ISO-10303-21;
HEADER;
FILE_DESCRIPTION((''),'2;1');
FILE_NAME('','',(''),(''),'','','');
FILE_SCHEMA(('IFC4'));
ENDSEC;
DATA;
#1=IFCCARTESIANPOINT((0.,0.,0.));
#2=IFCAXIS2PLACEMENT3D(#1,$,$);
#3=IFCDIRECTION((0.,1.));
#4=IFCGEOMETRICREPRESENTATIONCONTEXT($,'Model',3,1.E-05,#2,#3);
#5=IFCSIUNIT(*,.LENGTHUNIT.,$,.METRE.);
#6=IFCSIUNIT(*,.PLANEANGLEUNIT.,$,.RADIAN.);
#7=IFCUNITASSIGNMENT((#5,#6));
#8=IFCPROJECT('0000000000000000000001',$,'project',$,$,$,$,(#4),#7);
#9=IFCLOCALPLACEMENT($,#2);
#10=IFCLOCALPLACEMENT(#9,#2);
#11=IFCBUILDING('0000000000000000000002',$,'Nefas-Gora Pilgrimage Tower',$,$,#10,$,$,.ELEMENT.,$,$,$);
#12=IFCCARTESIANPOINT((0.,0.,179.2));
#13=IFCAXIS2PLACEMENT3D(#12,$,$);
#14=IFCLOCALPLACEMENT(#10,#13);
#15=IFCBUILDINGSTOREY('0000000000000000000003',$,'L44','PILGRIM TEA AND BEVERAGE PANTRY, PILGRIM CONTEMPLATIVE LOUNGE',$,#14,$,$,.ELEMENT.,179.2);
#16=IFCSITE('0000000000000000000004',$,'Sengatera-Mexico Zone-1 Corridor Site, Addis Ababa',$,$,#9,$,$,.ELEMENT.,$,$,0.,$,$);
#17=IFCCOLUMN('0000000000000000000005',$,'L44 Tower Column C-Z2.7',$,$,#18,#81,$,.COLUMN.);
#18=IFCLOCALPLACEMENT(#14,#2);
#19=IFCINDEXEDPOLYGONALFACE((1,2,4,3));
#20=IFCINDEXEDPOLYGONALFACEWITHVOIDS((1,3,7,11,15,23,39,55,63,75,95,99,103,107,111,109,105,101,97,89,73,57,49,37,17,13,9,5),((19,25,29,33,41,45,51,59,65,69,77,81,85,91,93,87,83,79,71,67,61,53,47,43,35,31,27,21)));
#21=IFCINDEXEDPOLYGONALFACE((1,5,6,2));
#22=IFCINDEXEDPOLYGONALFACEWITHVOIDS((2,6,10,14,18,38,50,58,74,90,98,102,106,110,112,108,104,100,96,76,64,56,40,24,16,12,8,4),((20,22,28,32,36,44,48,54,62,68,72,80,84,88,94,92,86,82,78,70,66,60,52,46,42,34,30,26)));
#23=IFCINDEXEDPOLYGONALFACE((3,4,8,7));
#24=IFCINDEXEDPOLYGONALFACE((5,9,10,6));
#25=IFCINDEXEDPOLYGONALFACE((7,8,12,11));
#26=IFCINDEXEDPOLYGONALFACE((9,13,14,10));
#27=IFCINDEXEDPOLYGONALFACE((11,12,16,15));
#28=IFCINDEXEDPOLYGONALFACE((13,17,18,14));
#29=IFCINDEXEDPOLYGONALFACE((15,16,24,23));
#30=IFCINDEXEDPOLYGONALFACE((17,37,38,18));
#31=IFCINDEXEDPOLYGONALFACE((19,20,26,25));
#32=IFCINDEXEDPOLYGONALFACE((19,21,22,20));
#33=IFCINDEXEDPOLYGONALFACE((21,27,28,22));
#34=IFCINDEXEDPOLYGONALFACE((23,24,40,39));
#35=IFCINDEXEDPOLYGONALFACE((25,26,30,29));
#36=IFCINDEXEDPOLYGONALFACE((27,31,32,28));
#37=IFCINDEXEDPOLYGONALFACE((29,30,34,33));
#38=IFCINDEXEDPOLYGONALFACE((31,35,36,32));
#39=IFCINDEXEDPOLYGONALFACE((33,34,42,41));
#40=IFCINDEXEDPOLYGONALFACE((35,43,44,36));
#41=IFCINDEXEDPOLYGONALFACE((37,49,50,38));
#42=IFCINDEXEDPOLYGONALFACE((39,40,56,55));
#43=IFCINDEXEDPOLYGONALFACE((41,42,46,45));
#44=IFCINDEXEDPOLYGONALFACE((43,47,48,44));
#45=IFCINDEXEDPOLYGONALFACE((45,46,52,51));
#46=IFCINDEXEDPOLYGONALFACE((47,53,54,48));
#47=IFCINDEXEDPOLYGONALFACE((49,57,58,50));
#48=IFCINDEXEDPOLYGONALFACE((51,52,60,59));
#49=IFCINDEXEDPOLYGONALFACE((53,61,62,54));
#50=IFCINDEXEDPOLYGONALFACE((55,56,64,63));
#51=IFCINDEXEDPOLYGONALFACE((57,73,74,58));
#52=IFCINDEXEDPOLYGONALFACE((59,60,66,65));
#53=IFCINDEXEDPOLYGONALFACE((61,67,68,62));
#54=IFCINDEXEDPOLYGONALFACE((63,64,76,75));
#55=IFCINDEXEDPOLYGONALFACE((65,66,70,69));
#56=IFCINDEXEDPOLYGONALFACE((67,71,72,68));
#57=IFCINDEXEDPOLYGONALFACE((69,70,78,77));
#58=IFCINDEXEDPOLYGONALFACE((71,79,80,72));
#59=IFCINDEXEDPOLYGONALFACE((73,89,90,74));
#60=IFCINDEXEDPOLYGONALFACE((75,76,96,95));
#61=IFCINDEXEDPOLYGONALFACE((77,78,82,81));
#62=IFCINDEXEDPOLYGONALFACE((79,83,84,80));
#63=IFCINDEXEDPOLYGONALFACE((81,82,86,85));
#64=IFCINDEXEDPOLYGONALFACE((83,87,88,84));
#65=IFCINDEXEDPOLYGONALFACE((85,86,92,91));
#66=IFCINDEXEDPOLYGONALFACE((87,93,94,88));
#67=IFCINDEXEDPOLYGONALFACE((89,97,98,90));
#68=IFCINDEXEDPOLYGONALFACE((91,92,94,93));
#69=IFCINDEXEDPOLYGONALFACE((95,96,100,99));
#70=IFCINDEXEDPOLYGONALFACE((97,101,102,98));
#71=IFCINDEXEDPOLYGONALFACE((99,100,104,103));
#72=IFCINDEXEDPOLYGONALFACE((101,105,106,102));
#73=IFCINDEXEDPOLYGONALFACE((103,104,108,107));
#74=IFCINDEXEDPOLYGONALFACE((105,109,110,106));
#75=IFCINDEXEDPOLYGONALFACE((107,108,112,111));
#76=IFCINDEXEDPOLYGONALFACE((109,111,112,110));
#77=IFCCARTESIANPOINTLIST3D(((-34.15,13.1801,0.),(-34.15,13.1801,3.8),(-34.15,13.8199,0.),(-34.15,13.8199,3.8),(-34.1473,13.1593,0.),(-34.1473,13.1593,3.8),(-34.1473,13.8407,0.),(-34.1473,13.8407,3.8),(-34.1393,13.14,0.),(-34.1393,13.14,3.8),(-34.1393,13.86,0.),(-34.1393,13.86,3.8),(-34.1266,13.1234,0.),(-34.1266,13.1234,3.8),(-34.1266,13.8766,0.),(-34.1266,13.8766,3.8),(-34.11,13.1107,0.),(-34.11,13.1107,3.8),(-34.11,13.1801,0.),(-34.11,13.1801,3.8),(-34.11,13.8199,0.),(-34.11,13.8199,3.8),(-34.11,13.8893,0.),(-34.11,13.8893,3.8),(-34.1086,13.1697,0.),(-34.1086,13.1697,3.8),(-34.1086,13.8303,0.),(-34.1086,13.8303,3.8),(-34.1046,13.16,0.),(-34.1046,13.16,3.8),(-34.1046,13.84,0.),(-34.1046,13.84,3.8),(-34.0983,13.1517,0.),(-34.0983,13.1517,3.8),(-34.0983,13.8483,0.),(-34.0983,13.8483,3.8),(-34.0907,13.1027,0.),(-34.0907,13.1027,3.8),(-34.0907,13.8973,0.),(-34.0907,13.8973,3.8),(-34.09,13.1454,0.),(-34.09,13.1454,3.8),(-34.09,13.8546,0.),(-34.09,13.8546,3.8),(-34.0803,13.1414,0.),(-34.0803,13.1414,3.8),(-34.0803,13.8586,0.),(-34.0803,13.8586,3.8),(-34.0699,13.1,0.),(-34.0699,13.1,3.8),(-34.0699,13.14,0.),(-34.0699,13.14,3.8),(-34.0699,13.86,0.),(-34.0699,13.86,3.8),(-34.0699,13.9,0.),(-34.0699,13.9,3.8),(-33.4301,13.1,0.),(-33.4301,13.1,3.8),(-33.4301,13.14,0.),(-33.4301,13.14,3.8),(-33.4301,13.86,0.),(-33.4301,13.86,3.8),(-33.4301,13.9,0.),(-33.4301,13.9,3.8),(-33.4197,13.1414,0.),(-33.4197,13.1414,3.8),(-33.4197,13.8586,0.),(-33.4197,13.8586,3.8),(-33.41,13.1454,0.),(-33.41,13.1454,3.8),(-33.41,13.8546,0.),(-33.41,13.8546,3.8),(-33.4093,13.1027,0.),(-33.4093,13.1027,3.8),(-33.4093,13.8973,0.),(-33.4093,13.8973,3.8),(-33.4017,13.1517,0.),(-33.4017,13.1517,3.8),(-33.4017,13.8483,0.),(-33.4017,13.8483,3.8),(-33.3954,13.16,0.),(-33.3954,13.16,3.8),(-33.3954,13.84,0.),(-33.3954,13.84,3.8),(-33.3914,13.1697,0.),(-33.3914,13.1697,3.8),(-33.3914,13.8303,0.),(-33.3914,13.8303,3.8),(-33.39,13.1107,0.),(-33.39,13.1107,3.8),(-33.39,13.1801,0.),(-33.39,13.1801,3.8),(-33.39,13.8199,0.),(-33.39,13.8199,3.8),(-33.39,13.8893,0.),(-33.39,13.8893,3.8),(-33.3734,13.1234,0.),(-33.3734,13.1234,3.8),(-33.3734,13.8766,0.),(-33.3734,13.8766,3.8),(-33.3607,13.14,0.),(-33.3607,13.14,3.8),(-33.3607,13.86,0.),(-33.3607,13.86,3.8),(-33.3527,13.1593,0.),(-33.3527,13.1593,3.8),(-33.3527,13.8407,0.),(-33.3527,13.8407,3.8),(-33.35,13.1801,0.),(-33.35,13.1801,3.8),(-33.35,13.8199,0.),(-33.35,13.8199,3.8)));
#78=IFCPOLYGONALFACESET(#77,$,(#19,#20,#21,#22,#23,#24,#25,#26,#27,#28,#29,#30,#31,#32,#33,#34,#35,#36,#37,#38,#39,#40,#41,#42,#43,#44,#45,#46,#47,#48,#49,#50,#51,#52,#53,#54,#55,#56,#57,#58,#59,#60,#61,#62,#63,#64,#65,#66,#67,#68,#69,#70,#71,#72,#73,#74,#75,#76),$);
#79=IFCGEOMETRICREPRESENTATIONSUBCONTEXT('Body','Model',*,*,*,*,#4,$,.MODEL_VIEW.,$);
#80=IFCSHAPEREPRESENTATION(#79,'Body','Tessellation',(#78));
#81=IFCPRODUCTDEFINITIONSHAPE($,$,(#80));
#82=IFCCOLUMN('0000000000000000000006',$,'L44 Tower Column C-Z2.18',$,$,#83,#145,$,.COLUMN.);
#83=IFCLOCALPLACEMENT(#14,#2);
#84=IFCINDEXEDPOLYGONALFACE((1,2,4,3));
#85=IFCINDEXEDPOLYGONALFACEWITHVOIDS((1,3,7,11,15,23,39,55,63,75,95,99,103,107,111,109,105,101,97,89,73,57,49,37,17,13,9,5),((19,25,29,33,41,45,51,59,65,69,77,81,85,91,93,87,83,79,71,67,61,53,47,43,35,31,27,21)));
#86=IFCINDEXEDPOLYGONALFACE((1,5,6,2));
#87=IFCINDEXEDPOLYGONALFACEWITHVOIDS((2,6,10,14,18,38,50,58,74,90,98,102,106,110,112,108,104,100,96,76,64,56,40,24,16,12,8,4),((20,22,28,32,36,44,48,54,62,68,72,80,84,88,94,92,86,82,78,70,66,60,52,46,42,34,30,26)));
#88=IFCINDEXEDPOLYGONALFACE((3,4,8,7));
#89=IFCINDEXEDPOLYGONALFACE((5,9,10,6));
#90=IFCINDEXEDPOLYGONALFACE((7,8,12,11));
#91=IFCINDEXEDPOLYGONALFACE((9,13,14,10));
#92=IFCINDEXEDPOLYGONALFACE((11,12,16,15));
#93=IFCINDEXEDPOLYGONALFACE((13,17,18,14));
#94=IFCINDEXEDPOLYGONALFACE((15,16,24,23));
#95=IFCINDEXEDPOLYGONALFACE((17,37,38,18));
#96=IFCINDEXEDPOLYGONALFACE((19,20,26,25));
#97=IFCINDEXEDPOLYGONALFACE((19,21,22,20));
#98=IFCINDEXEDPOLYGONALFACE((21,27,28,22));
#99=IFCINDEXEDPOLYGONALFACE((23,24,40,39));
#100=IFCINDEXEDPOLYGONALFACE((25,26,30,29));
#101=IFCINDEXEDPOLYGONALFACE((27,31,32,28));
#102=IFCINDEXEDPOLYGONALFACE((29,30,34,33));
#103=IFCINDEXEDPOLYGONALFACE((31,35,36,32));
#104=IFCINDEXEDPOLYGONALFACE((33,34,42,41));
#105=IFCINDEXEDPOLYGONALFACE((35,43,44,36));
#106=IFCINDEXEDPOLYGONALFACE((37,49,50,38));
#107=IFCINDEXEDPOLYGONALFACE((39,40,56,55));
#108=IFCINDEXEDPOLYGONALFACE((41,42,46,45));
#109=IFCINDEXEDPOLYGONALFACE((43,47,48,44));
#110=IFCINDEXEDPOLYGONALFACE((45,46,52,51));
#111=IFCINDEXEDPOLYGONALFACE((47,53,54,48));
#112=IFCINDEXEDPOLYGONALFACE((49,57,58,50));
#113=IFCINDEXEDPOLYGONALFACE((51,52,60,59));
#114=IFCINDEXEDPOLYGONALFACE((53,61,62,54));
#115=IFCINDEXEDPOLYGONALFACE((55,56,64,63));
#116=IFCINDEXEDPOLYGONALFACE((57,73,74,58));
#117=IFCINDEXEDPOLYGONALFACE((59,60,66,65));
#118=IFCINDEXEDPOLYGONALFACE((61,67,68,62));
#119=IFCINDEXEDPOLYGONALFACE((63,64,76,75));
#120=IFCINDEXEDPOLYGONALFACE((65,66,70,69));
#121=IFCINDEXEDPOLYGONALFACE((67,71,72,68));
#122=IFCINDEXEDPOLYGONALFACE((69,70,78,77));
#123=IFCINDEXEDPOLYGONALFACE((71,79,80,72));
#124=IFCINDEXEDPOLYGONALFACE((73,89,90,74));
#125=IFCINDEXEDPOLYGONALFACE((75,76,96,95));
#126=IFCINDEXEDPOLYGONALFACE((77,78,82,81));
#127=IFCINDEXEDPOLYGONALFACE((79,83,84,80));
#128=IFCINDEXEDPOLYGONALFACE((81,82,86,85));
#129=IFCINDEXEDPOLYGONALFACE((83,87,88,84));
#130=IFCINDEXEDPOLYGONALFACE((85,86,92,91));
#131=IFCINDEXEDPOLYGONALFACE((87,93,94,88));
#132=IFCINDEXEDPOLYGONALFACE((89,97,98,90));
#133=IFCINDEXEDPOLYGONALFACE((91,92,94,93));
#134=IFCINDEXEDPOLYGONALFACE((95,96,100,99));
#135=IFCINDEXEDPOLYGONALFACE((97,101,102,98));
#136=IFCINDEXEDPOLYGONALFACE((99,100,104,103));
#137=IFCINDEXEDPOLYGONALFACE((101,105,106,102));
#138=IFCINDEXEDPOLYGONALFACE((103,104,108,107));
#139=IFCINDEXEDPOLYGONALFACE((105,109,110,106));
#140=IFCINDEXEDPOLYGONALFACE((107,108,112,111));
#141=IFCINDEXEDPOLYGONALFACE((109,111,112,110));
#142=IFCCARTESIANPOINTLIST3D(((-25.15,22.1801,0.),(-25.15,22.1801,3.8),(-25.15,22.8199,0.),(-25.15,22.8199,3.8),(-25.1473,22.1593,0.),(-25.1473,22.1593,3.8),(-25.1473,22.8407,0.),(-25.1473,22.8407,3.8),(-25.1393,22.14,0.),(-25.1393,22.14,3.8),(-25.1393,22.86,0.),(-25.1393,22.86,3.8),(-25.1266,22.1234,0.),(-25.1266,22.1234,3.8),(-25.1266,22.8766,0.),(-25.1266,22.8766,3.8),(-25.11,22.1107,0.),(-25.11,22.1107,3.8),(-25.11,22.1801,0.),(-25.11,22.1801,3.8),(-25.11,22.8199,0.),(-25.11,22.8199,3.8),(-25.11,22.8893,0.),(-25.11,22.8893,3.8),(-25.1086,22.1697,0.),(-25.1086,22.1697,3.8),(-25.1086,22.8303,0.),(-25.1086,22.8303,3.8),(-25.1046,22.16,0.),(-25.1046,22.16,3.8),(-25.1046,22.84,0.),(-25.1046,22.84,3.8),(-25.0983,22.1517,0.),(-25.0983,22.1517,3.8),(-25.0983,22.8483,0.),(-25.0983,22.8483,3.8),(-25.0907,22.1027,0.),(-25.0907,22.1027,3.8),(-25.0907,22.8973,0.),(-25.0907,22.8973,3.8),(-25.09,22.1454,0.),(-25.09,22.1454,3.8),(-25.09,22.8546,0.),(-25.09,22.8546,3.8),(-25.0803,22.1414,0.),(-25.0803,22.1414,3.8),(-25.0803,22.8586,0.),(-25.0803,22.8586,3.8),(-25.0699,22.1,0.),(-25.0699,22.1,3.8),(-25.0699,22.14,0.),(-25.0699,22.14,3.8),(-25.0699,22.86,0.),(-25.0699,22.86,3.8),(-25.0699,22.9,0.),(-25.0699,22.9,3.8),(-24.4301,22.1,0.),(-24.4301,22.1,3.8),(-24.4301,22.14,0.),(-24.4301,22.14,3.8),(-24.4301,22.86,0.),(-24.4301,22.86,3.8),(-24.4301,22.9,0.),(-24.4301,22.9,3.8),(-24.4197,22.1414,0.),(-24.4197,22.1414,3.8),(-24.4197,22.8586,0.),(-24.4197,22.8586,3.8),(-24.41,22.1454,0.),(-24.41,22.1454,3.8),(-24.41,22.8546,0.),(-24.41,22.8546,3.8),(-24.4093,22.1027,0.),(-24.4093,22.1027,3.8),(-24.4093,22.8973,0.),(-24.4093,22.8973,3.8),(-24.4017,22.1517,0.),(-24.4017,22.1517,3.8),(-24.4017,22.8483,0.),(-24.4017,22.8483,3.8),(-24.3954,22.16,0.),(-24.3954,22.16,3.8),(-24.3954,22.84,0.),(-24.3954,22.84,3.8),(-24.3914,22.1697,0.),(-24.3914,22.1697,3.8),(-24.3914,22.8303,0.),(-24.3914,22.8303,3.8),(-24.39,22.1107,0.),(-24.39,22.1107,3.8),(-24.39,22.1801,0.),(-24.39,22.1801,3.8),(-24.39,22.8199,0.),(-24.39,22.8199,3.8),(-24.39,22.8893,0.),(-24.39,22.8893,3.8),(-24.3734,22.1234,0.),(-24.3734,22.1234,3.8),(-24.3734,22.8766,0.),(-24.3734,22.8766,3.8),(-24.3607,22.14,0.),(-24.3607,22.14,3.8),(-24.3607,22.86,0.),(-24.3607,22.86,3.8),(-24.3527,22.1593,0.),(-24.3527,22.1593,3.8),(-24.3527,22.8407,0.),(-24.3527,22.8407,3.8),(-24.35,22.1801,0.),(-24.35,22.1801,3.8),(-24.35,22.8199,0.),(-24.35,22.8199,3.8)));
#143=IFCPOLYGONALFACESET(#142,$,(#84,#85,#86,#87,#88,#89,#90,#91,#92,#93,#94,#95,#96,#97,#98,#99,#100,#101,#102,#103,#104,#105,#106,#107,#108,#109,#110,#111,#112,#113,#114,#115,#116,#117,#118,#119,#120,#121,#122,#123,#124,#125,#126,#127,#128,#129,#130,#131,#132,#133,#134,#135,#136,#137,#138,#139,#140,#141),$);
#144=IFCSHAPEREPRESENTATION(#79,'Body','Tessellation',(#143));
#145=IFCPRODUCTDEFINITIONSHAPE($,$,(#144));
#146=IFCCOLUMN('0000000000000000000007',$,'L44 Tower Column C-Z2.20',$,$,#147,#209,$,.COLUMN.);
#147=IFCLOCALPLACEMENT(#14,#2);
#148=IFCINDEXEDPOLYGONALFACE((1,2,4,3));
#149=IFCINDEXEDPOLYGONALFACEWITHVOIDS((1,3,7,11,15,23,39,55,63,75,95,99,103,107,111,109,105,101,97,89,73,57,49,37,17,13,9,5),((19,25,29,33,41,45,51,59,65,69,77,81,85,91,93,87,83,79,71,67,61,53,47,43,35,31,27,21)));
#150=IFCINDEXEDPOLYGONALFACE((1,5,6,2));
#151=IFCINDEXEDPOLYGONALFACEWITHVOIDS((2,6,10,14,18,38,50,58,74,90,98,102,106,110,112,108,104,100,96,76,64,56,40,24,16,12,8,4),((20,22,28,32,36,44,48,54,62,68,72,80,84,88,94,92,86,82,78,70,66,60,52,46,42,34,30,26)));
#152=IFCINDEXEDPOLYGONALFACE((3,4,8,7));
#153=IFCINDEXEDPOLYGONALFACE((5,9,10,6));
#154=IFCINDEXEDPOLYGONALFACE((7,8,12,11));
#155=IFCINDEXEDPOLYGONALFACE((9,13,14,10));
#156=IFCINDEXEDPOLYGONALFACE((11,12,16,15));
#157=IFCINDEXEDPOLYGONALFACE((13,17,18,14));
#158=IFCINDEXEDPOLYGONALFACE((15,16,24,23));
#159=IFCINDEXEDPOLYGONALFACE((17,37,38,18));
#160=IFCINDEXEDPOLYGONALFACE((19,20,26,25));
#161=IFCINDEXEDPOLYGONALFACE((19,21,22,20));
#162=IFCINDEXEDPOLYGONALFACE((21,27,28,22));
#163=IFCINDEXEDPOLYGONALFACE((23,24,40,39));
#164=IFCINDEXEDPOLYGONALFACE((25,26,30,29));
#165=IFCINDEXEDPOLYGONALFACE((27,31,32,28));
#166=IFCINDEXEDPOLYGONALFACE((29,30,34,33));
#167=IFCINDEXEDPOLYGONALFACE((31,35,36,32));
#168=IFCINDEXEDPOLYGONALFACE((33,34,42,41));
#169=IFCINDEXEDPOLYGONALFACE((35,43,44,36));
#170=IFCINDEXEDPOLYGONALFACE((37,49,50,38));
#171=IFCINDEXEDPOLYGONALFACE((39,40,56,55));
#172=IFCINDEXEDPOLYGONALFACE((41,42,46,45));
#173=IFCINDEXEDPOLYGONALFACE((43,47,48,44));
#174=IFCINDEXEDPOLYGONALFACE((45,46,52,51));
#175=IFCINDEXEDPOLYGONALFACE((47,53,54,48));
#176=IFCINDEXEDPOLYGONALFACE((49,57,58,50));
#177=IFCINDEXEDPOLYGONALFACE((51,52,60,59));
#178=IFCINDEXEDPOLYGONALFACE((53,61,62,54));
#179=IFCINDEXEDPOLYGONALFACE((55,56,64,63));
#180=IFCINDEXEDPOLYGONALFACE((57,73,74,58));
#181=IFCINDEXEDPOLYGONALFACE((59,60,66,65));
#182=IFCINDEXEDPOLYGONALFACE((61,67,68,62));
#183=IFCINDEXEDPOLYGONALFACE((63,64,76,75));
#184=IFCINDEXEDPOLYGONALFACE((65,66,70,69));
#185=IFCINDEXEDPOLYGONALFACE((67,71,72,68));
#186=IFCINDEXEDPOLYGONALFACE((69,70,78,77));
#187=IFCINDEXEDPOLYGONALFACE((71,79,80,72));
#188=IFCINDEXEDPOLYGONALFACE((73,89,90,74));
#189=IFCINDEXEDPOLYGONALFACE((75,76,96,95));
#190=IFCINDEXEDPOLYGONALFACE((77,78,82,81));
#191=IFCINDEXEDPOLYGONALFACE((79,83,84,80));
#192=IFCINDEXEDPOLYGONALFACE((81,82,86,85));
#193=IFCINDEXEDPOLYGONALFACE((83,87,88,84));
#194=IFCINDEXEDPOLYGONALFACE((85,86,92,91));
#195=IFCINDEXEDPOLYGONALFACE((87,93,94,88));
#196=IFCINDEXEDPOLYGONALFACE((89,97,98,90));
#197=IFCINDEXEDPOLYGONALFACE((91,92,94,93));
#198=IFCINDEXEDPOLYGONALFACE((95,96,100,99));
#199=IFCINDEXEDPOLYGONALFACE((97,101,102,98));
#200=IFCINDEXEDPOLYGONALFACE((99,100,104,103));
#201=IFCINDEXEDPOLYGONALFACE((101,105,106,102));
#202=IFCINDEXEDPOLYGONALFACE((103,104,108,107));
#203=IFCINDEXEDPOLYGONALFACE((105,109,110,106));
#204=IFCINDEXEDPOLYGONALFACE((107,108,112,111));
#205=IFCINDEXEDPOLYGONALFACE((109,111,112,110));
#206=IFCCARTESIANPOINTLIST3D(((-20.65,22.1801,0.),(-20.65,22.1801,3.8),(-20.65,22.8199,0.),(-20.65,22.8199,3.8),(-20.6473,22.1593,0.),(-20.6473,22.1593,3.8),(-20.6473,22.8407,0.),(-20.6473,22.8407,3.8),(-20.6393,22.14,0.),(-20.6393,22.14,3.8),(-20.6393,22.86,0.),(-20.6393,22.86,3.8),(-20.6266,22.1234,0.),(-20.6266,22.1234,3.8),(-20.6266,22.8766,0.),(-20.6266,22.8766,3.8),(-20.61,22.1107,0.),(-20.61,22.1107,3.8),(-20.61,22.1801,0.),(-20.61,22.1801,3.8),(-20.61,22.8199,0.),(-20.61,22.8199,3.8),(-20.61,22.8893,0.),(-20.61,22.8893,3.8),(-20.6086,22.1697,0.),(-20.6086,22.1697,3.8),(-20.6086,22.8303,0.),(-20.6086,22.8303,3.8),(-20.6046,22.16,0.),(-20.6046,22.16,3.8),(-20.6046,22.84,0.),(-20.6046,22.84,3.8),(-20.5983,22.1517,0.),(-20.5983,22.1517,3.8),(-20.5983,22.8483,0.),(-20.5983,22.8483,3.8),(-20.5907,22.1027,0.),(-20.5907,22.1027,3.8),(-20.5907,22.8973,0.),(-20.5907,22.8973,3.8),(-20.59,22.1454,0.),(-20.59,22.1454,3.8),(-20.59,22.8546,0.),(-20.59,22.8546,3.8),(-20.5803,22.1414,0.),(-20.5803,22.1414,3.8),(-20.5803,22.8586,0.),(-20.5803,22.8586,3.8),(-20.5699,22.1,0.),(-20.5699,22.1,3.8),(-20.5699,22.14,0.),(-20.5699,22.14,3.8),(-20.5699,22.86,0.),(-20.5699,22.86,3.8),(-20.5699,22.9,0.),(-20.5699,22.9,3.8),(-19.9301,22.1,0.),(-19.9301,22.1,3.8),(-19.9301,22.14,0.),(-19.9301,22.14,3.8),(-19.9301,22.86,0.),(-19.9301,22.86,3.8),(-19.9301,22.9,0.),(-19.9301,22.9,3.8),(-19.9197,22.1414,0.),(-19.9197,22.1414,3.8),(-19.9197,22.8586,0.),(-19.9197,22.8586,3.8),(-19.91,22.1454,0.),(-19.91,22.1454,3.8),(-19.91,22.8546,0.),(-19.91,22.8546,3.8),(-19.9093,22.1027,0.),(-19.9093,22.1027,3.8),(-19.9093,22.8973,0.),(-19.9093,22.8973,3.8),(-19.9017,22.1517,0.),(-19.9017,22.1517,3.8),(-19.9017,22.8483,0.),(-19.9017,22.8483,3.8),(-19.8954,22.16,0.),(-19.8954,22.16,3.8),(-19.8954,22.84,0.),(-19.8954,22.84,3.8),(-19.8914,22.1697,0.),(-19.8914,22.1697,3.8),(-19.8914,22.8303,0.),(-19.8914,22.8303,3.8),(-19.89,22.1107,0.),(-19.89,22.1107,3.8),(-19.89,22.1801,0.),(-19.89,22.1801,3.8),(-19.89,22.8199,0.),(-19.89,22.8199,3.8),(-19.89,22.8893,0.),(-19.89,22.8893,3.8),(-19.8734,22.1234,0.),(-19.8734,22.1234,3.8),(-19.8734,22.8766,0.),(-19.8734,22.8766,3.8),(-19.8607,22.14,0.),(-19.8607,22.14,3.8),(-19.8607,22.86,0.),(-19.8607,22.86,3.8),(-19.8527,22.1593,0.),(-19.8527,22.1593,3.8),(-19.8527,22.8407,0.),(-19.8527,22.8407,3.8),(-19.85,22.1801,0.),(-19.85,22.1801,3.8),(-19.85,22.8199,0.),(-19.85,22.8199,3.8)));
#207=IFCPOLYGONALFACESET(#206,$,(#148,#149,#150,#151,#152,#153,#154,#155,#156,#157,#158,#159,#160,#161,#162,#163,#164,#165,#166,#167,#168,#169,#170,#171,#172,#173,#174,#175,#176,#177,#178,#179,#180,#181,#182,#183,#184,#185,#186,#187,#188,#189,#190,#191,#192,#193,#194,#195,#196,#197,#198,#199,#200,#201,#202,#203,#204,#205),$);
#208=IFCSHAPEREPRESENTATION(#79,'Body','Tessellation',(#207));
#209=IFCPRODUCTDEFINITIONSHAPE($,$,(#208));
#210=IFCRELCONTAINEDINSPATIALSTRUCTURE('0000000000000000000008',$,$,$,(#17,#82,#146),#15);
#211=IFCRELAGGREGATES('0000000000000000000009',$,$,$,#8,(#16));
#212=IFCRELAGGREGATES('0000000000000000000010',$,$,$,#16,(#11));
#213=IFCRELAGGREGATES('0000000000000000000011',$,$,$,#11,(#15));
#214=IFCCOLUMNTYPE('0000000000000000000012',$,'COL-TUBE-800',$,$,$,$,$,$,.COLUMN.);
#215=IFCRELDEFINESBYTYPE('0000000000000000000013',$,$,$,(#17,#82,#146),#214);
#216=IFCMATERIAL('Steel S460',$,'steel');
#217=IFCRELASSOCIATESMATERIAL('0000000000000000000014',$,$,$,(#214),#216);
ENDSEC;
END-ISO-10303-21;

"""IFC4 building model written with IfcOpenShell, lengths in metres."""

from ifc_helpers import new_model, si_unit, direction, frame, origin, origin_2d, place, context, subcontext, project, spatial, hollow_rectangle, extrude, source, transform, mapped, material, material_profile, profile_set, type_object, element, save


model = new_model("IFC4")

# Units and contexts
model_context = context("Model", 3, precision=1e-05, world=origin(), true_north=direction((0.0, 1.0)))
body_context = subcontext(model_context, "Body", "Model", "MODEL_VIEW")
ifc_project = project(units=[si_unit("LENGTHUNIT", "METRE"), si_unit("PLANEANGLEUNIT", "RADIAN")], contexts=[model_context])

# Site, building, storey
site_placement = place(None, origin())
site = spatial("IfcSite", under=ifc_project, at=site_placement, Name="Sengatera-Mexico Zone-1 Corridor Site, Addis Ababa", CompositionType="ELEMENT", RefElevation=0.0)
building_placement = place(site_placement, origin())
building = spatial("IfcBuilding", under=site, at=building_placement, Name="Nefas-Gora Pilgrimage Tower", CompositionType="ELEMENT")
storey_placement = place(building_placement, frame((0.0, 0.0, 179.2)))
storey = spatial("IfcBuildingStorey", under=building, at=storey_placement, Name="L44", Description="PILGRIM TEA AND BEVERAGE PANTRY, PILGRIM CONTEMPLATIVE LOUNGE", CompositionType="ELEMENT", Elevation=179.2)

# Columns
ifc_material_1 = material(Name="Steel S460", Category="steel")
ifc_material_profile_1 = material_profile(ifc_material_1, hollow_rectangle(XDim=0.8, YDim=0.8, WallThickness=0.04, InnerFilletRadius=0.04, OuterFilletRadius=0.0801, at=origin_2d()), Name="BOX 800x800x40")
ifc_profile_set_1 = profile_set([ifc_material_profile_1], Name="Steel S460")
column_type_1 = type_object("IfcColumnType", Name="COL-TUBE-800", PredefinedType="COLUMN", material=ifc_profile_set_1)
shared_shape_1 = source(origin(), body_context, "Body", "SweptSolid", [
    extrude(hollow_rectangle(XDim=0.8, YDim=0.8, WallThickness=0.04, InnerFilletRadius=0.04, OuterFilletRadius=0.0801, at=origin_2d()), origin(), (0.0, 0.0, 1.0), 3.8),
])
for number, where, z_axis, x_axis, name in (
    (1, (-33.75, 13.5, 0.0), (0.0, 0.0, 1.0), (1.0, 0.0, 0.0), "L44 Tower Column C-Z2.7"),
    (2, (-24.75, 22.5, 0.0), (0.0, 0.0, 1.0), (1.0, 0.0, 0.0), "L44 Tower Column C-Z2.18"),
    (3, (-20.25, 22.5, 0.0), (0.0, 0.0, 1.0), (1.0, 0.0, 0.0), "L44 Tower Column C-Z2.20"),
):
    element("IfcColumn", number, at=place(storey_placement, frame(where, z_axis=z_axis, x_axis=x_axis)), inside=storey, type_object=column_type_1, Name=name, PredefinedType="COLUMN", context=body_context, shape_type="MappedRepresentation", body=[
        mapped(shared_shape_1, transform((0.0, 0.0, 0.0), x_axis=(1.0, 0.0, 0.0), y_axis=(0.0, 1.0, 0.0), z_axis=(0.0, 0.0, 1.0), scale=1.0)),
    ])

save(model, "model.ifc")
